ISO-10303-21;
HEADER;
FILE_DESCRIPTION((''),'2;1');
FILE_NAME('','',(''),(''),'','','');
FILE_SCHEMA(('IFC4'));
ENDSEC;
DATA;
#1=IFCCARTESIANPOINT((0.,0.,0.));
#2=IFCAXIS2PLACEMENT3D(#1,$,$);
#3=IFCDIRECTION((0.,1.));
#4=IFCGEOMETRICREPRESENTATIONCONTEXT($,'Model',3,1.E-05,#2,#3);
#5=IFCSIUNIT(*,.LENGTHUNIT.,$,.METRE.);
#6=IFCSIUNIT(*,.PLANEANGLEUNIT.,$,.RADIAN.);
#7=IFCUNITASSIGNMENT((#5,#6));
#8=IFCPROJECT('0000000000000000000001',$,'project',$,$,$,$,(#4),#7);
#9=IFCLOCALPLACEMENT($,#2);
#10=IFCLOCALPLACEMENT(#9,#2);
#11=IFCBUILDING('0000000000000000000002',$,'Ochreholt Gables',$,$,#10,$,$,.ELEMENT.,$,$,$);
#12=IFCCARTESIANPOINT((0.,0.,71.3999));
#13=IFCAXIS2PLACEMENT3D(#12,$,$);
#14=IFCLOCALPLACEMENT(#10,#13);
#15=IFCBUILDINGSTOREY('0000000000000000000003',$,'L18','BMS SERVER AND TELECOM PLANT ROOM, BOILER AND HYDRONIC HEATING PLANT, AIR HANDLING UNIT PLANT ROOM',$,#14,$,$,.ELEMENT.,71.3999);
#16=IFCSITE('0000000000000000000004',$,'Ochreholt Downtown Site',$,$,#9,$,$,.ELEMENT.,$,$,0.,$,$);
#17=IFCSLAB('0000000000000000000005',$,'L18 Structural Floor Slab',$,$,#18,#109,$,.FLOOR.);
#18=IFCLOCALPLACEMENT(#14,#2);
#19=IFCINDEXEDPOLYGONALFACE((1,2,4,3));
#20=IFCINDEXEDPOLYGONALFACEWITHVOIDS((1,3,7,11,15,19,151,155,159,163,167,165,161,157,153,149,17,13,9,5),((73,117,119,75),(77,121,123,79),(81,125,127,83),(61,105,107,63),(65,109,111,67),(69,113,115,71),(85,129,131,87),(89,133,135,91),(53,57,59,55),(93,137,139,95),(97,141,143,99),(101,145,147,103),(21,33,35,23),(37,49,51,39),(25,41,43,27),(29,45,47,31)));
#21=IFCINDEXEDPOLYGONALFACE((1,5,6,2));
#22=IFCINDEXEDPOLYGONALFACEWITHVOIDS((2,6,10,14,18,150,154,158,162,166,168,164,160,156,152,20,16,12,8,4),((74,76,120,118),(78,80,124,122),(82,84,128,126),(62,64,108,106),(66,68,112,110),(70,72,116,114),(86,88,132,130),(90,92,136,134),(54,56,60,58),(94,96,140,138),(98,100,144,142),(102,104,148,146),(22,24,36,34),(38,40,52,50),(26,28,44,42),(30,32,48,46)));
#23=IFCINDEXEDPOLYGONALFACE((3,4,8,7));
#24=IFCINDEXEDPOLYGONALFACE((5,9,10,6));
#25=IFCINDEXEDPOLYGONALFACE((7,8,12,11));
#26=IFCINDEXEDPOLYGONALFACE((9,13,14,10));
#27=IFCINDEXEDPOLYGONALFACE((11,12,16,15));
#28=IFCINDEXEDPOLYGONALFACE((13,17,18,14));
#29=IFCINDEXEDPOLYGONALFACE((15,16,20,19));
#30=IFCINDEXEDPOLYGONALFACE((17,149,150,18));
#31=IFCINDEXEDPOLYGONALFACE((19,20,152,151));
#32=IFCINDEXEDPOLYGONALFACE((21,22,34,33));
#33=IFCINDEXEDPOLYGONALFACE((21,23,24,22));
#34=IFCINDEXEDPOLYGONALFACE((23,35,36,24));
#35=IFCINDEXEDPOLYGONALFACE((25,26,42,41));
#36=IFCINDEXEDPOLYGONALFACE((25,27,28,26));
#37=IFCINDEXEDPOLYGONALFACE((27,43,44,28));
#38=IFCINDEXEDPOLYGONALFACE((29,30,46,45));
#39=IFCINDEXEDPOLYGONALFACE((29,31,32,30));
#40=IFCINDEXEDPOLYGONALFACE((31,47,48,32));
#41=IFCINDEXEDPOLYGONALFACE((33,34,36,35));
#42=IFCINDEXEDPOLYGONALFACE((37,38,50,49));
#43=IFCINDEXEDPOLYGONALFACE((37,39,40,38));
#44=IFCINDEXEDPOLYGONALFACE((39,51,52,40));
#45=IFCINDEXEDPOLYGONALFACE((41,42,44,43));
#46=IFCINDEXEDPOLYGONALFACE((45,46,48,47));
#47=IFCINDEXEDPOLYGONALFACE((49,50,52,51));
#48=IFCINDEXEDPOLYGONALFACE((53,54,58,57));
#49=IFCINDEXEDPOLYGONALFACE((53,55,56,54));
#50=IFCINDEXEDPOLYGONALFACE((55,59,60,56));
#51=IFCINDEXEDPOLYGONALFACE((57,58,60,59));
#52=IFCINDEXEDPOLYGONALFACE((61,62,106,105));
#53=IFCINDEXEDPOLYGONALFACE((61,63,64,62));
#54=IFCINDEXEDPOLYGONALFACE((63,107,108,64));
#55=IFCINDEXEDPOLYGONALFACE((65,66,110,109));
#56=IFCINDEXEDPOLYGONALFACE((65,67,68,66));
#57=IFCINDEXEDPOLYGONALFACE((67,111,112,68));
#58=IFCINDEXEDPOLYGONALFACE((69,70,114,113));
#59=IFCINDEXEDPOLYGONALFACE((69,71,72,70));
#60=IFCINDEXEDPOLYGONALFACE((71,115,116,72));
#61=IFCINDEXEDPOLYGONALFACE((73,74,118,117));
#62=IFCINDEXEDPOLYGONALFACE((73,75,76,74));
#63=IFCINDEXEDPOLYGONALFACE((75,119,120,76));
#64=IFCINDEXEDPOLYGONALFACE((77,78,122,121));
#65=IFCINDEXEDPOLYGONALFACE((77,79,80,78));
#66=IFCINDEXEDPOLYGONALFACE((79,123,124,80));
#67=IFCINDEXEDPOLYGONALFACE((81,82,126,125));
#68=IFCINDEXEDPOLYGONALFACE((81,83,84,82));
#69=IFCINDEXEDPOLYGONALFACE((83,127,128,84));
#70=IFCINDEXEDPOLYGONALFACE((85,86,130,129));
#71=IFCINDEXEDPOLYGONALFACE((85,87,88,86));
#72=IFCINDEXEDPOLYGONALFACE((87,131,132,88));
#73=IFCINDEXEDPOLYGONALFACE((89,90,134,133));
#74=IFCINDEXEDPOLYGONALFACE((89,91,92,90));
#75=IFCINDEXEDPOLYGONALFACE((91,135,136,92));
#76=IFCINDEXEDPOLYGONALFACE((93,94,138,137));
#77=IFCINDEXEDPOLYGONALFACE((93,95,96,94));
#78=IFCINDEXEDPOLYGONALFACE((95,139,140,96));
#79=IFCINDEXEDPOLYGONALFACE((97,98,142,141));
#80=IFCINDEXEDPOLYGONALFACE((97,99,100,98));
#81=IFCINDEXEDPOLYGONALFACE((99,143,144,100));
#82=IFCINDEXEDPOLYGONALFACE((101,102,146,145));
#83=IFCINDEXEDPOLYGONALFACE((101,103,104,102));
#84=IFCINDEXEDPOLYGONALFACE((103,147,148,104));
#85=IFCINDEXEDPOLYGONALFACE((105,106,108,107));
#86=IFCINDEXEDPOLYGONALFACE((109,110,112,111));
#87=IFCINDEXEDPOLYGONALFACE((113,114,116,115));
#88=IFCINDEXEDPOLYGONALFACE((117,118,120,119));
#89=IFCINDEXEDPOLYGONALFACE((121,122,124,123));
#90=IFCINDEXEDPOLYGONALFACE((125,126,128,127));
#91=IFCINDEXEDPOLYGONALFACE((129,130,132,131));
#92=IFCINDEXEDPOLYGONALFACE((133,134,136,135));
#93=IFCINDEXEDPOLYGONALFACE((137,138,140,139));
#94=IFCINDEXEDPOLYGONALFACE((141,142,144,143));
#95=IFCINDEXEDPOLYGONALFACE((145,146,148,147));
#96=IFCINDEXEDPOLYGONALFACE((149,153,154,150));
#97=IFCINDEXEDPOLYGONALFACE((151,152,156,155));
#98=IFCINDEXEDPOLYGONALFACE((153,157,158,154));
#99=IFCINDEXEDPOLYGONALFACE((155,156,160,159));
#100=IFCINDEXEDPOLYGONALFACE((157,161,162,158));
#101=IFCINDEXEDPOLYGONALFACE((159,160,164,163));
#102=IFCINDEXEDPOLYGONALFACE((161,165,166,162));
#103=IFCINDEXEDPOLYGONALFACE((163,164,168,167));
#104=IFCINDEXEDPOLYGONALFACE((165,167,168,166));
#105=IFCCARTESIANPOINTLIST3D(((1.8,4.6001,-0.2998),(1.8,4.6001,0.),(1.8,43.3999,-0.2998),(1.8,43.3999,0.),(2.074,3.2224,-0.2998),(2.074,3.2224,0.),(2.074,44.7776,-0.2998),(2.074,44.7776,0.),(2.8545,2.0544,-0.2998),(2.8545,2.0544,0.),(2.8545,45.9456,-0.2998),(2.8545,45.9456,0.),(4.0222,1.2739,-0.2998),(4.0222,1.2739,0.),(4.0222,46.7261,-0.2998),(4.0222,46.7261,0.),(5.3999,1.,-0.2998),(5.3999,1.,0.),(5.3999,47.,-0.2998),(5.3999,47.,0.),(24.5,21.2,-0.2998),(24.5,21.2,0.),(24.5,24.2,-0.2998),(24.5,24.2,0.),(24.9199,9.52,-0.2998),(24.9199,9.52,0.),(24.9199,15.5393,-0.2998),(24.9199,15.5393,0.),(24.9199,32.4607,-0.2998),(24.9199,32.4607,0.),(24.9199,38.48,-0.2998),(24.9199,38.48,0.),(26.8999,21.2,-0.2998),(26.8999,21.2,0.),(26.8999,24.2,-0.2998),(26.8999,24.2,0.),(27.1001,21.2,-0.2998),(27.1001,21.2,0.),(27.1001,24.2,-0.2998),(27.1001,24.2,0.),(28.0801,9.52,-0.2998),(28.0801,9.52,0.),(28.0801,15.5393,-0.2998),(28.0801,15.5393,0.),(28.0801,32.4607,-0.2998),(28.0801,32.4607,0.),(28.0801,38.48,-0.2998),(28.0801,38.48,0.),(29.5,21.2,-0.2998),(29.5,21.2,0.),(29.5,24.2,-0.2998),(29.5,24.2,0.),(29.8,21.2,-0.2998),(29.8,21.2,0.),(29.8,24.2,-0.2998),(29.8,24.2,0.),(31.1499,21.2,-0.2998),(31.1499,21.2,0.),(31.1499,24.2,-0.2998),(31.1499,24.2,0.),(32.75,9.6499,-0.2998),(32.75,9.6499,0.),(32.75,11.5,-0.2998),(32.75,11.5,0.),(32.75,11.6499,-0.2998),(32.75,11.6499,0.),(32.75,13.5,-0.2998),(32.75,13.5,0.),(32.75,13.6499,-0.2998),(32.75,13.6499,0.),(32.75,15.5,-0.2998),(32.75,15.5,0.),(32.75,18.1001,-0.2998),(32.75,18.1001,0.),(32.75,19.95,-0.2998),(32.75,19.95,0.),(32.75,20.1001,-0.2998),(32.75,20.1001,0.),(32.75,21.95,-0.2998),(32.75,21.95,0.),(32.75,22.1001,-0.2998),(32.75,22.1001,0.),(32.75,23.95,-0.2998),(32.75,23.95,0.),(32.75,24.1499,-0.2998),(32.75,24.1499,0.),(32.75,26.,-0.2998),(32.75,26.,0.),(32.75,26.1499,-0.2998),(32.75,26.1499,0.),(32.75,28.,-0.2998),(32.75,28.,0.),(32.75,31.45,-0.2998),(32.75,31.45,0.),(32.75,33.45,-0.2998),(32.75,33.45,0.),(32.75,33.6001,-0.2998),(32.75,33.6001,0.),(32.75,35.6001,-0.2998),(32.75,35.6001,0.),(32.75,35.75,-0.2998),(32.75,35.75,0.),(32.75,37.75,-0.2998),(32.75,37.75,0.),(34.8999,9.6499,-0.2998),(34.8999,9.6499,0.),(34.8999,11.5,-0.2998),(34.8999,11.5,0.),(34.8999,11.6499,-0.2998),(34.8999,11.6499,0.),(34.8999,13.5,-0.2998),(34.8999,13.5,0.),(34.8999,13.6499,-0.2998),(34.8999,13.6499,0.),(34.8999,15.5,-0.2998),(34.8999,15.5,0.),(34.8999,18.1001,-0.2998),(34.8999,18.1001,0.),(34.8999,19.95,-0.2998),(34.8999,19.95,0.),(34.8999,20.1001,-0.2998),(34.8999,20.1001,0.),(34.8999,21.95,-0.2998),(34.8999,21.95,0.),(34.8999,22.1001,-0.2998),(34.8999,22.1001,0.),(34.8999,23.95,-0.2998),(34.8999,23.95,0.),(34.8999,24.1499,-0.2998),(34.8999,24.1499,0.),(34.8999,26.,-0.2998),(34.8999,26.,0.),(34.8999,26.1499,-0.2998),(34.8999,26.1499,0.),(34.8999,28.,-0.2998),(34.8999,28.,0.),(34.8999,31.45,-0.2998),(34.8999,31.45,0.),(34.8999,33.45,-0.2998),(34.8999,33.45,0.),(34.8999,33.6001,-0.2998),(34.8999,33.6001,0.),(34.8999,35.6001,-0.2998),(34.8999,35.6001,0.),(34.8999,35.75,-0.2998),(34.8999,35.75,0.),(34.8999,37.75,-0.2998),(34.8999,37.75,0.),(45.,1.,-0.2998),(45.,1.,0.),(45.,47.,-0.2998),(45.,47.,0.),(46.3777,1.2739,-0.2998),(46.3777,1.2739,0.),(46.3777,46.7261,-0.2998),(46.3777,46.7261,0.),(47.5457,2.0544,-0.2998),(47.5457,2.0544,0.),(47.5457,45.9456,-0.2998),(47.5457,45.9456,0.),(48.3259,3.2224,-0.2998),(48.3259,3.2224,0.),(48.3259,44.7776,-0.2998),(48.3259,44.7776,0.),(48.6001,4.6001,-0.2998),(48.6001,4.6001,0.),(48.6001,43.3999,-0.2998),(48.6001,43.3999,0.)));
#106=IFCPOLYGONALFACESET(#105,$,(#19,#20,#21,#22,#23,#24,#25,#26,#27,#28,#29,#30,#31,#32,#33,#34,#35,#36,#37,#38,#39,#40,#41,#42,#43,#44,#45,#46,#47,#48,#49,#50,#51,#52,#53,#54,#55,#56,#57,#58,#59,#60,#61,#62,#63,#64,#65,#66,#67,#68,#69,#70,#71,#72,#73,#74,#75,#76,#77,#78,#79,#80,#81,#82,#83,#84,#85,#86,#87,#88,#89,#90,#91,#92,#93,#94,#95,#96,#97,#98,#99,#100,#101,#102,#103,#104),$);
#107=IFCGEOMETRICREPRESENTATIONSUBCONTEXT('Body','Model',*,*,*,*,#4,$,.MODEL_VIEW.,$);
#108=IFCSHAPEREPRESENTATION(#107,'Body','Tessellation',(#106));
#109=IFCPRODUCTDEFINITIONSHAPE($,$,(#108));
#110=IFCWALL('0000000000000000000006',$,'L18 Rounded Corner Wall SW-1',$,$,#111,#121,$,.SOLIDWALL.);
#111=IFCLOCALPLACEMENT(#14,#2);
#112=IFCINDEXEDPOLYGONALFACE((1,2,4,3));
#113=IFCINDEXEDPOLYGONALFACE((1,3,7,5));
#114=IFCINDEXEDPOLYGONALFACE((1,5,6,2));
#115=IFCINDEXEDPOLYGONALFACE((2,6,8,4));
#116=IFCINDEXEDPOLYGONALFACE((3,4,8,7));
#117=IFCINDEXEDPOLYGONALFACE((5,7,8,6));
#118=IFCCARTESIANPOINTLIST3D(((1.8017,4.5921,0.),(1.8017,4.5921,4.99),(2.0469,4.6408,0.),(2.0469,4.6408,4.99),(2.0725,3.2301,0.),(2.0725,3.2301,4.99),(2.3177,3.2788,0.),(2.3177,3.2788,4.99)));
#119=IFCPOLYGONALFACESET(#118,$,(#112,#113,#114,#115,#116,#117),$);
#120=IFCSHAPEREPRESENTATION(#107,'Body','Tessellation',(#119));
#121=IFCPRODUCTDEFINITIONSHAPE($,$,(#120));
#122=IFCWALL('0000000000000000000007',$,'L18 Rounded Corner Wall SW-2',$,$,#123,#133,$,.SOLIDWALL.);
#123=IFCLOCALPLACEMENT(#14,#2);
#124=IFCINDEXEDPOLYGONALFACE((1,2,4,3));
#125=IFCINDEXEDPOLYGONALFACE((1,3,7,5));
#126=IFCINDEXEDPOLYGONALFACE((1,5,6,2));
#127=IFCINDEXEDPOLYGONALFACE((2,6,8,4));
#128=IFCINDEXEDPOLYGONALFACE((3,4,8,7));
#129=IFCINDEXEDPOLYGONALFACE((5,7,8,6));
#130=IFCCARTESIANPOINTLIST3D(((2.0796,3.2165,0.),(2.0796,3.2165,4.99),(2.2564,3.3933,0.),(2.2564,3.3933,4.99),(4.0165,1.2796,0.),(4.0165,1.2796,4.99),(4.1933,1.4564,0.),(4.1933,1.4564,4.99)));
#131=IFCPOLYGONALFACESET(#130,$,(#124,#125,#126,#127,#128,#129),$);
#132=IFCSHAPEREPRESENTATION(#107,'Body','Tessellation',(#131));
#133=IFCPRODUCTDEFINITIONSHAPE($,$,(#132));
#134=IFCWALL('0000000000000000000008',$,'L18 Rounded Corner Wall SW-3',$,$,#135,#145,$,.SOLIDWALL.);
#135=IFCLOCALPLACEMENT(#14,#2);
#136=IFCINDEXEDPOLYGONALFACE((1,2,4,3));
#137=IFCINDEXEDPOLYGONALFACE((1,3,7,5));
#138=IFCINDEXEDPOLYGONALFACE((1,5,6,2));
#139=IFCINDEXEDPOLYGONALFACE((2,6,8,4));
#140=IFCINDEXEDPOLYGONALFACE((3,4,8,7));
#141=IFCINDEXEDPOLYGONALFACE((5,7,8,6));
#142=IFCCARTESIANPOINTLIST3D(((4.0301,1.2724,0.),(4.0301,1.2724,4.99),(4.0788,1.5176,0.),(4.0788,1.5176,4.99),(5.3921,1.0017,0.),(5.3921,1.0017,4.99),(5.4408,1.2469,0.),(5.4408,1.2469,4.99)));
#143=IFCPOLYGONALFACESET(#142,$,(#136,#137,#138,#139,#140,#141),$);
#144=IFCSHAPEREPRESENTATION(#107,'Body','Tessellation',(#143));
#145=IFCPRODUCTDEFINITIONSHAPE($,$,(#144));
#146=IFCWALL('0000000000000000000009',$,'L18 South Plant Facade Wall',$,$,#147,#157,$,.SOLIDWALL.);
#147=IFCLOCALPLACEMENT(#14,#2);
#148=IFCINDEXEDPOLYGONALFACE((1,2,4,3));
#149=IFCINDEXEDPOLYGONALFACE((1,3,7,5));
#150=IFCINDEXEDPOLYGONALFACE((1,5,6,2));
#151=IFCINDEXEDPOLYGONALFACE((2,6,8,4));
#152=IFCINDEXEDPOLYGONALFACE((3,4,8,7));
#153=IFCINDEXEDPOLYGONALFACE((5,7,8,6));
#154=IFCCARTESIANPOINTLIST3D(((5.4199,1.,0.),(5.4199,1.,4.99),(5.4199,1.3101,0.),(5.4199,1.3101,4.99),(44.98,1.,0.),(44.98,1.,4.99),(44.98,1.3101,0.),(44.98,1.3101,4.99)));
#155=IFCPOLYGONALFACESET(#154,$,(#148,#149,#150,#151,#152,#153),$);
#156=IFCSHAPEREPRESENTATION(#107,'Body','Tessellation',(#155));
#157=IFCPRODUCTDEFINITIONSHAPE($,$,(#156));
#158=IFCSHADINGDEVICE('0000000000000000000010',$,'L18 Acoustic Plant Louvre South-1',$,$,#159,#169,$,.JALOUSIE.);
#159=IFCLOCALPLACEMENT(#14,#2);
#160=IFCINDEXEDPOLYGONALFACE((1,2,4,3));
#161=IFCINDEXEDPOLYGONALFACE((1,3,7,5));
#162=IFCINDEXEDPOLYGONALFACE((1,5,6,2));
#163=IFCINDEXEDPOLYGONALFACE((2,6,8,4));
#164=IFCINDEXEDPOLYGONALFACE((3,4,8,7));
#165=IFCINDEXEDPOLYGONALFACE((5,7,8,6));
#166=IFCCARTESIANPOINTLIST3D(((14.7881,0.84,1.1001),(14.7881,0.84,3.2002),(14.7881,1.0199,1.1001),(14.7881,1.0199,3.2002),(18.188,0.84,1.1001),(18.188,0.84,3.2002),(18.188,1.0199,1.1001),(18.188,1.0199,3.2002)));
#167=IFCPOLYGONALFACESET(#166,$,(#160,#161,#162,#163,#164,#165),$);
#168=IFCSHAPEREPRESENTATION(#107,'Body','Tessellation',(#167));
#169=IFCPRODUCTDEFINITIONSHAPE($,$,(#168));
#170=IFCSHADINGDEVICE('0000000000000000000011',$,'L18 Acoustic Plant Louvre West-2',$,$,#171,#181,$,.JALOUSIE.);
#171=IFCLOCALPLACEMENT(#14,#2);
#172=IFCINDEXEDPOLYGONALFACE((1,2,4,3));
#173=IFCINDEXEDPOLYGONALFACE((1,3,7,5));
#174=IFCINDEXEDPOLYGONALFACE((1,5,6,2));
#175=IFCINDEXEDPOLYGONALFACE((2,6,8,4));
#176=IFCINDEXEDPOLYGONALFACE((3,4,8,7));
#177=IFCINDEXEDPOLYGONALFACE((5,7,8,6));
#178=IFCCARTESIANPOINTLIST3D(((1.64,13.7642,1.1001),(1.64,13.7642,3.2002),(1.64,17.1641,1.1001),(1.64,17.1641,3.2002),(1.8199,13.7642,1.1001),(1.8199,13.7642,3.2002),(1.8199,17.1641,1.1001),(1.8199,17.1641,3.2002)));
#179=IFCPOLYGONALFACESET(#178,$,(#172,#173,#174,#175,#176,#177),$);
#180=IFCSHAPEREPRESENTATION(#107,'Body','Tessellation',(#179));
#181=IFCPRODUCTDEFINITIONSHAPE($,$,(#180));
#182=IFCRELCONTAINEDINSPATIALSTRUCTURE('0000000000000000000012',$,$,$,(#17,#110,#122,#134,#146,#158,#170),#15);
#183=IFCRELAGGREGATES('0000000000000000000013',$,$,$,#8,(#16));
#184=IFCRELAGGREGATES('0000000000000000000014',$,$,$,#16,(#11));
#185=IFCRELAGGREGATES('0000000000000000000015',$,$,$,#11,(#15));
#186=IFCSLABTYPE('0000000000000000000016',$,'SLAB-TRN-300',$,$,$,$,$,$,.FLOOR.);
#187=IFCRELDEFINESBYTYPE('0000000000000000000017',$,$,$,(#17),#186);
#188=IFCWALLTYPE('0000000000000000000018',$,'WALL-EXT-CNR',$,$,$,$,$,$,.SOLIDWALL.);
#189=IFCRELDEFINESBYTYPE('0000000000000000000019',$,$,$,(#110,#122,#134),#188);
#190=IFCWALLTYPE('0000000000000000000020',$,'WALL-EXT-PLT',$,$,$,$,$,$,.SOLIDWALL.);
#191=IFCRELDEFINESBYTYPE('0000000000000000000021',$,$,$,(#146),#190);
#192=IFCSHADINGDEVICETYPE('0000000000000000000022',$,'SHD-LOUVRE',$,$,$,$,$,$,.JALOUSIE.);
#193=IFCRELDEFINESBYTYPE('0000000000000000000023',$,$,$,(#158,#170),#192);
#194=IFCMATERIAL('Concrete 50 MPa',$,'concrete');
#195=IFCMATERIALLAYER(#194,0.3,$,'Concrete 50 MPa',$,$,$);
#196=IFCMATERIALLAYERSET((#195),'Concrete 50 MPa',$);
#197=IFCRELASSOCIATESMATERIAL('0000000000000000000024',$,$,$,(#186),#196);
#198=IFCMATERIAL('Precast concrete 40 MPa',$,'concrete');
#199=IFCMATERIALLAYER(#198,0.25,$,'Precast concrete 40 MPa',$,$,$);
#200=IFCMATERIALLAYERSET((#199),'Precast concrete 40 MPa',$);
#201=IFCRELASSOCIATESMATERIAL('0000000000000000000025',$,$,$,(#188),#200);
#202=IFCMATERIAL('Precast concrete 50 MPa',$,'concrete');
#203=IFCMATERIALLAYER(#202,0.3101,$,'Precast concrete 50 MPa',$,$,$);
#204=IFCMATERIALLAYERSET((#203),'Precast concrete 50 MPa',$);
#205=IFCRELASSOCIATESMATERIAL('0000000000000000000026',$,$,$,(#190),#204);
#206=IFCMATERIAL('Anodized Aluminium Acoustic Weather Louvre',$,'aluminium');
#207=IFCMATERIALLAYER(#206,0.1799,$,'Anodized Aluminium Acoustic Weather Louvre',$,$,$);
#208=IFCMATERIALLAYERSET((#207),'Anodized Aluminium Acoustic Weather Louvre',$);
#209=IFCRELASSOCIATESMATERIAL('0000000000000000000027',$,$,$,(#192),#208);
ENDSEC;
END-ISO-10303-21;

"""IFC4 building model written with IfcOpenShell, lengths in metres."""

from ifc_helpers import new_model, si_unit, direction, frame, frame_2d, origin, origin_2d, place, context, subcontext, project, spatial, polyline, rectangle, outline, extrude, material, layer, layer_set, type_object, element, save


model = new_model("IFC4")

# Units and contexts
model_context = context("Model", 3, precision=1e-05, world=origin(), true_north=direction((0.0, 1.0)))
body_context = subcontext(model_context, "Body", "Model", "MODEL_VIEW")
ifc_project = project(units=[si_unit("LENGTHUNIT", "METRE"), si_unit("PLANEANGLEUNIT", "RADIAN")], contexts=[model_context])

# Site, building, storey
site_placement = place(None, origin())
site = spatial("IfcSite", under=ifc_project, at=site_placement, Name="Ochreholt Downtown Site", CompositionType="ELEMENT", RefElevation=0.0)
building_placement = place(site_placement, origin())
building = spatial("IfcBuilding", under=site, at=building_placement, Name="Ochreholt Gables", CompositionType="ELEMENT")
storey_placement = place(building_placement, frame((0.0, 0.0, 71.3999)))
storey = spatial("IfcBuildingStorey", under=building, at=storey_placement, Name="L18", Description="BMS SERVER AND TELECOM PLANT ROOM, BOILER AND HYDRONIC HEATING PLANT, AIR HANDLING UNIT PLANT ROOM", CompositionType="ELEMENT", Elevation=71.3999)

# Slab
ifc_material_1 = material(Name="Concrete 50 MPa", Category="concrete")
ifc_layer_1 = layer(ifc_material_1, 0.3, Name="Concrete 50 MPa")
ifc_layer_set_1 = layer_set([ifc_layer_1], Name="Concrete 50 MPa")
slab_type_1 = type_object("IfcSlabType", Name="SLAB-TRN-300", PredefinedType="FLOOR", material=ifc_layer_set_1)
slab_1_placement = place(storey_placement, frame((0.0, 0.0, -0.2998)))
element("IfcSlab", 1, at=slab_1_placement, inside=storey, type_object=slab_type_1, Name="L18 Structural Floor Slab", PredefinedType="FLOOR", context=body_context, shape_type="SweptSolid", body=[
    extrude(outline(polyline([(1.8, 4.6001), (2.074, 3.2224), (2.8545, 2.0544), (4.0222, 1.2739), (5.3999, 1.0), (45.0, 1.0), (46.3777, 1.2739), (47.5457, 2.0544), (48.3259, 3.2224), (48.6001, 4.6001), (48.6001, 43.3999), (48.3259, 44.7776), (47.5457, 45.9456), (46.3777, 46.7261), (45.0, 47.0), (5.3999, 47.0), (4.0222, 46.7261), (2.8545, 45.9456), (2.074, 44.7776), (1.8, 43.3999), (1.8, 4.6001)]), holes=[polyline([(24.9199, 15.5393), (24.9199, 9.52), (28.0801, 9.52), (28.0801, 15.5393), (24.9199, 15.5393)]), polyline([(28.0801, 32.4607), (28.0801, 38.48), (24.9199, 38.48), (24.9199, 32.4607), (28.0801, 32.4607)]), polyline([(24.5, 21.2), (26.8999, 21.2), (26.8999, 24.2), (24.5, 24.2), (24.5, 21.2)]), polyline([(27.1001, 21.2), (29.5, 21.2), (29.5, 24.2), (27.1001, 24.2), (27.1001, 21.2)]), polyline([(32.75, 9.6499), (34.8999, 9.6499), (34.8999, 11.5), (32.75, 11.5), (32.75, 9.6499)]), polyline([(32.75, 11.6499), (34.8999, 11.6499), (34.8999, 13.5), (32.75, 13.5), (32.75, 11.6499)]), polyline([(32.75, 13.6499), (34.8999, 13.6499), (34.8999, 15.5), (32.75, 15.5), (32.75, 13.6499)]), polyline([(32.75, 18.1001), (34.8999, 18.1001), (34.8999, 19.95), (32.75, 19.95), (32.75, 18.1001)]), polyline([(32.75, 20.1001), (34.8999, 20.1001), (34.8999, 21.95), (32.75, 21.95), (32.75, 20.1001)]), polyline([(32.75, 22.1001), (34.8999, 22.1001), (34.8999, 23.95), (32.75, 23.95), (32.75, 22.1001)]), polyline([(32.75, 24.1499), (34.8999, 24.1499), (34.8999, 26.0), (32.75, 26.0), (32.75, 24.1499)]), polyline([(32.75, 26.1499), (34.8999, 26.1499), (34.8999, 28.0), (32.75, 28.0), (32.75, 26.1499)]), polyline([(32.75, 31.45), (34.8999, 31.45), (34.8999, 33.45), (32.75, 33.45), (32.75, 31.45)]), polyline([(32.75, 33.6001), (34.8999, 33.6001), (34.8999, 35.6001), (32.75, 35.6001), (32.75, 33.6001)]), polyline([(32.75, 35.75), (34.8999, 35.75), (34.8999, 37.75), (32.75, 37.75), (32.75, 35.75)]), polyline([(29.8, 21.2), (31.1499, 21.2), (31.1499, 24.2), (29.8, 24.2), (29.8, 21.2)])]), origin(), (0.0, 0.0, 1.0), 0.2998),
])

# Walls
ifc_material_2 = material(Name="Precast concrete 40 MPa", Category="concrete")
ifc_layer_2 = layer(ifc_material_2, 0.25, Name="Precast concrete 40 MPa")
ifc_layer_set_2 = layer_set([ifc_layer_2], Name="Precast concrete 40 MPa")
wall_type_1 = type_object("IfcWallType", Name="WALL-EXT-CNR", PredefinedType="SOLIDWALL", material=ifc_layer_set_2)
wall_1_placement = place(storey_placement, frame((1.9243, 4.6165, 0.0), z_axis=(0.0, 0.0, 1.0), x_axis=(0.194967, -0.98081, 0.0)))
element("IfcWall", 2, at=wall_1_placement, inside=storey, type_object=wall_type_1, Name="L18 Rounded Corner Wall SW-1", PredefinedType="SOLIDWALL", context=body_context, shape_type="SweptSolid", body=[
    extrude(rectangle(XDim=1.3887, YDim=0.25, at=frame_2d((0.6943, 0.0))), origin(), (0.0, 0.0, 1.0), 4.99),
])
wall_2_placement = place(storey_placement, frame((2.168, 3.3049, 0.0), z_axis=(0.0, 0.0, 1.0), x_axis=(0.707107, -0.707107, 0.0)))
element("IfcWall", 3, at=wall_2_placement, inside=storey, type_object=wall_type_1, Name="L18 Rounded Corner Wall SW-2", PredefinedType="SOLIDWALL", context=body_context, shape_type="SweptSolid", body=[
    extrude(rectangle(XDim=2.7393, YDim=0.25, at=frame_2d((1.3696, 0.0))), origin(), (0.0, 0.0, 1.0), 4.99),
])
wall_3_placement = place(storey_placement, frame((4.0544, 1.395, 0.0), z_axis=(0.0, 0.0, 1.0), x_axis=(0.98081, -0.194967, 0.0)))
element("IfcWall", 4, at=wall_3_placement, inside=storey, type_object=wall_type_1, Name="L18 Rounded Corner Wall SW-3", PredefinedType="SOLIDWALL", context=body_context, shape_type="SweptSolid", body=[
    extrude(rectangle(XDim=1.3887, YDim=0.25, at=frame_2d((0.6943, 0.0))), origin(), (0.0, 0.0, 1.0), 4.99),
])
ifc_material_3 = material(Name="Precast concrete 50 MPa", Category="concrete")
ifc_layer_3 = layer(ifc_material_3, 0.3101, Name="Precast concrete 50 MPa")
ifc_layer_set_3 = layer_set([ifc_layer_3], Name="Precast concrete 50 MPa")
wall_type_2 = type_object("IfcWallType", Name="WALL-EXT-PLT", PredefinedType="SOLIDWALL", material=ifc_layer_set_3)
wall_4_placement = place(storey_placement, frame((5.4199, 1.155, 0.0), z_axis=(0.0, 0.0, 1.0), x_axis=(1.0, 0.0, 0.0)))
element("IfcWall", 5, at=wall_4_placement, inside=storey, type_object=wall_type_2, Name="L18 South Plant Facade Wall", PredefinedType="SOLIDWALL", context=body_context, shape_type="SweptSolid", body=[
    extrude(rectangle(XDim=39.5601, YDim=0.3101, at=frame_2d((19.78, 0.0))), origin(), (0.0, 0.0, 1.0), 4.99),
])

# Shading devices
ifc_material_4 = material(Name="Anodized Aluminium Acoustic Weather Louvre", Category="aluminium")
ifc_layer_4 = layer(ifc_material_4, 0.1799, Name="Anodized Aluminium Acoustic Weather Louvre")
ifc_layer_set_4 = layer_set([ifc_layer_4], Name="Anodized Aluminium Acoustic Weather Louvre")
shading_device_type = type_object("IfcShadingDeviceType", Name="SHD-LOUVRE", PredefinedType="JALOUSIE", material=ifc_layer_set_4)
for number, where, z_axis, x_axis, name in (
    (6, (16.488, 0.9299, 1.1001), (0.0, 0.0, 1.0), (1.0, 0.0, 0.0), "L18 Acoustic Plant Louvre South-1"),
    (7, (1.73, 15.4641, 1.1001), (0.0, 0.0, 1.0), (0.0, -1.0, 0.0), "L18 Acoustic Plant Louvre West-2"),
):
    element("IfcShadingDevice", number, at=place(storey_placement, frame(where, z_axis=z_axis, x_axis=x_axis)), inside=storey, type_object=shading_device_type, Name=name, PredefinedType="JALOUSIE", context=body_context, shape_type="SweptSolid", body=[
        extrude(rectangle(XDim=3.3999, YDim=0.1799, at=origin_2d()), origin(), (0.0, 0.0, 1.0), 2.1001),
    ])

save(model, "model.ifc")
